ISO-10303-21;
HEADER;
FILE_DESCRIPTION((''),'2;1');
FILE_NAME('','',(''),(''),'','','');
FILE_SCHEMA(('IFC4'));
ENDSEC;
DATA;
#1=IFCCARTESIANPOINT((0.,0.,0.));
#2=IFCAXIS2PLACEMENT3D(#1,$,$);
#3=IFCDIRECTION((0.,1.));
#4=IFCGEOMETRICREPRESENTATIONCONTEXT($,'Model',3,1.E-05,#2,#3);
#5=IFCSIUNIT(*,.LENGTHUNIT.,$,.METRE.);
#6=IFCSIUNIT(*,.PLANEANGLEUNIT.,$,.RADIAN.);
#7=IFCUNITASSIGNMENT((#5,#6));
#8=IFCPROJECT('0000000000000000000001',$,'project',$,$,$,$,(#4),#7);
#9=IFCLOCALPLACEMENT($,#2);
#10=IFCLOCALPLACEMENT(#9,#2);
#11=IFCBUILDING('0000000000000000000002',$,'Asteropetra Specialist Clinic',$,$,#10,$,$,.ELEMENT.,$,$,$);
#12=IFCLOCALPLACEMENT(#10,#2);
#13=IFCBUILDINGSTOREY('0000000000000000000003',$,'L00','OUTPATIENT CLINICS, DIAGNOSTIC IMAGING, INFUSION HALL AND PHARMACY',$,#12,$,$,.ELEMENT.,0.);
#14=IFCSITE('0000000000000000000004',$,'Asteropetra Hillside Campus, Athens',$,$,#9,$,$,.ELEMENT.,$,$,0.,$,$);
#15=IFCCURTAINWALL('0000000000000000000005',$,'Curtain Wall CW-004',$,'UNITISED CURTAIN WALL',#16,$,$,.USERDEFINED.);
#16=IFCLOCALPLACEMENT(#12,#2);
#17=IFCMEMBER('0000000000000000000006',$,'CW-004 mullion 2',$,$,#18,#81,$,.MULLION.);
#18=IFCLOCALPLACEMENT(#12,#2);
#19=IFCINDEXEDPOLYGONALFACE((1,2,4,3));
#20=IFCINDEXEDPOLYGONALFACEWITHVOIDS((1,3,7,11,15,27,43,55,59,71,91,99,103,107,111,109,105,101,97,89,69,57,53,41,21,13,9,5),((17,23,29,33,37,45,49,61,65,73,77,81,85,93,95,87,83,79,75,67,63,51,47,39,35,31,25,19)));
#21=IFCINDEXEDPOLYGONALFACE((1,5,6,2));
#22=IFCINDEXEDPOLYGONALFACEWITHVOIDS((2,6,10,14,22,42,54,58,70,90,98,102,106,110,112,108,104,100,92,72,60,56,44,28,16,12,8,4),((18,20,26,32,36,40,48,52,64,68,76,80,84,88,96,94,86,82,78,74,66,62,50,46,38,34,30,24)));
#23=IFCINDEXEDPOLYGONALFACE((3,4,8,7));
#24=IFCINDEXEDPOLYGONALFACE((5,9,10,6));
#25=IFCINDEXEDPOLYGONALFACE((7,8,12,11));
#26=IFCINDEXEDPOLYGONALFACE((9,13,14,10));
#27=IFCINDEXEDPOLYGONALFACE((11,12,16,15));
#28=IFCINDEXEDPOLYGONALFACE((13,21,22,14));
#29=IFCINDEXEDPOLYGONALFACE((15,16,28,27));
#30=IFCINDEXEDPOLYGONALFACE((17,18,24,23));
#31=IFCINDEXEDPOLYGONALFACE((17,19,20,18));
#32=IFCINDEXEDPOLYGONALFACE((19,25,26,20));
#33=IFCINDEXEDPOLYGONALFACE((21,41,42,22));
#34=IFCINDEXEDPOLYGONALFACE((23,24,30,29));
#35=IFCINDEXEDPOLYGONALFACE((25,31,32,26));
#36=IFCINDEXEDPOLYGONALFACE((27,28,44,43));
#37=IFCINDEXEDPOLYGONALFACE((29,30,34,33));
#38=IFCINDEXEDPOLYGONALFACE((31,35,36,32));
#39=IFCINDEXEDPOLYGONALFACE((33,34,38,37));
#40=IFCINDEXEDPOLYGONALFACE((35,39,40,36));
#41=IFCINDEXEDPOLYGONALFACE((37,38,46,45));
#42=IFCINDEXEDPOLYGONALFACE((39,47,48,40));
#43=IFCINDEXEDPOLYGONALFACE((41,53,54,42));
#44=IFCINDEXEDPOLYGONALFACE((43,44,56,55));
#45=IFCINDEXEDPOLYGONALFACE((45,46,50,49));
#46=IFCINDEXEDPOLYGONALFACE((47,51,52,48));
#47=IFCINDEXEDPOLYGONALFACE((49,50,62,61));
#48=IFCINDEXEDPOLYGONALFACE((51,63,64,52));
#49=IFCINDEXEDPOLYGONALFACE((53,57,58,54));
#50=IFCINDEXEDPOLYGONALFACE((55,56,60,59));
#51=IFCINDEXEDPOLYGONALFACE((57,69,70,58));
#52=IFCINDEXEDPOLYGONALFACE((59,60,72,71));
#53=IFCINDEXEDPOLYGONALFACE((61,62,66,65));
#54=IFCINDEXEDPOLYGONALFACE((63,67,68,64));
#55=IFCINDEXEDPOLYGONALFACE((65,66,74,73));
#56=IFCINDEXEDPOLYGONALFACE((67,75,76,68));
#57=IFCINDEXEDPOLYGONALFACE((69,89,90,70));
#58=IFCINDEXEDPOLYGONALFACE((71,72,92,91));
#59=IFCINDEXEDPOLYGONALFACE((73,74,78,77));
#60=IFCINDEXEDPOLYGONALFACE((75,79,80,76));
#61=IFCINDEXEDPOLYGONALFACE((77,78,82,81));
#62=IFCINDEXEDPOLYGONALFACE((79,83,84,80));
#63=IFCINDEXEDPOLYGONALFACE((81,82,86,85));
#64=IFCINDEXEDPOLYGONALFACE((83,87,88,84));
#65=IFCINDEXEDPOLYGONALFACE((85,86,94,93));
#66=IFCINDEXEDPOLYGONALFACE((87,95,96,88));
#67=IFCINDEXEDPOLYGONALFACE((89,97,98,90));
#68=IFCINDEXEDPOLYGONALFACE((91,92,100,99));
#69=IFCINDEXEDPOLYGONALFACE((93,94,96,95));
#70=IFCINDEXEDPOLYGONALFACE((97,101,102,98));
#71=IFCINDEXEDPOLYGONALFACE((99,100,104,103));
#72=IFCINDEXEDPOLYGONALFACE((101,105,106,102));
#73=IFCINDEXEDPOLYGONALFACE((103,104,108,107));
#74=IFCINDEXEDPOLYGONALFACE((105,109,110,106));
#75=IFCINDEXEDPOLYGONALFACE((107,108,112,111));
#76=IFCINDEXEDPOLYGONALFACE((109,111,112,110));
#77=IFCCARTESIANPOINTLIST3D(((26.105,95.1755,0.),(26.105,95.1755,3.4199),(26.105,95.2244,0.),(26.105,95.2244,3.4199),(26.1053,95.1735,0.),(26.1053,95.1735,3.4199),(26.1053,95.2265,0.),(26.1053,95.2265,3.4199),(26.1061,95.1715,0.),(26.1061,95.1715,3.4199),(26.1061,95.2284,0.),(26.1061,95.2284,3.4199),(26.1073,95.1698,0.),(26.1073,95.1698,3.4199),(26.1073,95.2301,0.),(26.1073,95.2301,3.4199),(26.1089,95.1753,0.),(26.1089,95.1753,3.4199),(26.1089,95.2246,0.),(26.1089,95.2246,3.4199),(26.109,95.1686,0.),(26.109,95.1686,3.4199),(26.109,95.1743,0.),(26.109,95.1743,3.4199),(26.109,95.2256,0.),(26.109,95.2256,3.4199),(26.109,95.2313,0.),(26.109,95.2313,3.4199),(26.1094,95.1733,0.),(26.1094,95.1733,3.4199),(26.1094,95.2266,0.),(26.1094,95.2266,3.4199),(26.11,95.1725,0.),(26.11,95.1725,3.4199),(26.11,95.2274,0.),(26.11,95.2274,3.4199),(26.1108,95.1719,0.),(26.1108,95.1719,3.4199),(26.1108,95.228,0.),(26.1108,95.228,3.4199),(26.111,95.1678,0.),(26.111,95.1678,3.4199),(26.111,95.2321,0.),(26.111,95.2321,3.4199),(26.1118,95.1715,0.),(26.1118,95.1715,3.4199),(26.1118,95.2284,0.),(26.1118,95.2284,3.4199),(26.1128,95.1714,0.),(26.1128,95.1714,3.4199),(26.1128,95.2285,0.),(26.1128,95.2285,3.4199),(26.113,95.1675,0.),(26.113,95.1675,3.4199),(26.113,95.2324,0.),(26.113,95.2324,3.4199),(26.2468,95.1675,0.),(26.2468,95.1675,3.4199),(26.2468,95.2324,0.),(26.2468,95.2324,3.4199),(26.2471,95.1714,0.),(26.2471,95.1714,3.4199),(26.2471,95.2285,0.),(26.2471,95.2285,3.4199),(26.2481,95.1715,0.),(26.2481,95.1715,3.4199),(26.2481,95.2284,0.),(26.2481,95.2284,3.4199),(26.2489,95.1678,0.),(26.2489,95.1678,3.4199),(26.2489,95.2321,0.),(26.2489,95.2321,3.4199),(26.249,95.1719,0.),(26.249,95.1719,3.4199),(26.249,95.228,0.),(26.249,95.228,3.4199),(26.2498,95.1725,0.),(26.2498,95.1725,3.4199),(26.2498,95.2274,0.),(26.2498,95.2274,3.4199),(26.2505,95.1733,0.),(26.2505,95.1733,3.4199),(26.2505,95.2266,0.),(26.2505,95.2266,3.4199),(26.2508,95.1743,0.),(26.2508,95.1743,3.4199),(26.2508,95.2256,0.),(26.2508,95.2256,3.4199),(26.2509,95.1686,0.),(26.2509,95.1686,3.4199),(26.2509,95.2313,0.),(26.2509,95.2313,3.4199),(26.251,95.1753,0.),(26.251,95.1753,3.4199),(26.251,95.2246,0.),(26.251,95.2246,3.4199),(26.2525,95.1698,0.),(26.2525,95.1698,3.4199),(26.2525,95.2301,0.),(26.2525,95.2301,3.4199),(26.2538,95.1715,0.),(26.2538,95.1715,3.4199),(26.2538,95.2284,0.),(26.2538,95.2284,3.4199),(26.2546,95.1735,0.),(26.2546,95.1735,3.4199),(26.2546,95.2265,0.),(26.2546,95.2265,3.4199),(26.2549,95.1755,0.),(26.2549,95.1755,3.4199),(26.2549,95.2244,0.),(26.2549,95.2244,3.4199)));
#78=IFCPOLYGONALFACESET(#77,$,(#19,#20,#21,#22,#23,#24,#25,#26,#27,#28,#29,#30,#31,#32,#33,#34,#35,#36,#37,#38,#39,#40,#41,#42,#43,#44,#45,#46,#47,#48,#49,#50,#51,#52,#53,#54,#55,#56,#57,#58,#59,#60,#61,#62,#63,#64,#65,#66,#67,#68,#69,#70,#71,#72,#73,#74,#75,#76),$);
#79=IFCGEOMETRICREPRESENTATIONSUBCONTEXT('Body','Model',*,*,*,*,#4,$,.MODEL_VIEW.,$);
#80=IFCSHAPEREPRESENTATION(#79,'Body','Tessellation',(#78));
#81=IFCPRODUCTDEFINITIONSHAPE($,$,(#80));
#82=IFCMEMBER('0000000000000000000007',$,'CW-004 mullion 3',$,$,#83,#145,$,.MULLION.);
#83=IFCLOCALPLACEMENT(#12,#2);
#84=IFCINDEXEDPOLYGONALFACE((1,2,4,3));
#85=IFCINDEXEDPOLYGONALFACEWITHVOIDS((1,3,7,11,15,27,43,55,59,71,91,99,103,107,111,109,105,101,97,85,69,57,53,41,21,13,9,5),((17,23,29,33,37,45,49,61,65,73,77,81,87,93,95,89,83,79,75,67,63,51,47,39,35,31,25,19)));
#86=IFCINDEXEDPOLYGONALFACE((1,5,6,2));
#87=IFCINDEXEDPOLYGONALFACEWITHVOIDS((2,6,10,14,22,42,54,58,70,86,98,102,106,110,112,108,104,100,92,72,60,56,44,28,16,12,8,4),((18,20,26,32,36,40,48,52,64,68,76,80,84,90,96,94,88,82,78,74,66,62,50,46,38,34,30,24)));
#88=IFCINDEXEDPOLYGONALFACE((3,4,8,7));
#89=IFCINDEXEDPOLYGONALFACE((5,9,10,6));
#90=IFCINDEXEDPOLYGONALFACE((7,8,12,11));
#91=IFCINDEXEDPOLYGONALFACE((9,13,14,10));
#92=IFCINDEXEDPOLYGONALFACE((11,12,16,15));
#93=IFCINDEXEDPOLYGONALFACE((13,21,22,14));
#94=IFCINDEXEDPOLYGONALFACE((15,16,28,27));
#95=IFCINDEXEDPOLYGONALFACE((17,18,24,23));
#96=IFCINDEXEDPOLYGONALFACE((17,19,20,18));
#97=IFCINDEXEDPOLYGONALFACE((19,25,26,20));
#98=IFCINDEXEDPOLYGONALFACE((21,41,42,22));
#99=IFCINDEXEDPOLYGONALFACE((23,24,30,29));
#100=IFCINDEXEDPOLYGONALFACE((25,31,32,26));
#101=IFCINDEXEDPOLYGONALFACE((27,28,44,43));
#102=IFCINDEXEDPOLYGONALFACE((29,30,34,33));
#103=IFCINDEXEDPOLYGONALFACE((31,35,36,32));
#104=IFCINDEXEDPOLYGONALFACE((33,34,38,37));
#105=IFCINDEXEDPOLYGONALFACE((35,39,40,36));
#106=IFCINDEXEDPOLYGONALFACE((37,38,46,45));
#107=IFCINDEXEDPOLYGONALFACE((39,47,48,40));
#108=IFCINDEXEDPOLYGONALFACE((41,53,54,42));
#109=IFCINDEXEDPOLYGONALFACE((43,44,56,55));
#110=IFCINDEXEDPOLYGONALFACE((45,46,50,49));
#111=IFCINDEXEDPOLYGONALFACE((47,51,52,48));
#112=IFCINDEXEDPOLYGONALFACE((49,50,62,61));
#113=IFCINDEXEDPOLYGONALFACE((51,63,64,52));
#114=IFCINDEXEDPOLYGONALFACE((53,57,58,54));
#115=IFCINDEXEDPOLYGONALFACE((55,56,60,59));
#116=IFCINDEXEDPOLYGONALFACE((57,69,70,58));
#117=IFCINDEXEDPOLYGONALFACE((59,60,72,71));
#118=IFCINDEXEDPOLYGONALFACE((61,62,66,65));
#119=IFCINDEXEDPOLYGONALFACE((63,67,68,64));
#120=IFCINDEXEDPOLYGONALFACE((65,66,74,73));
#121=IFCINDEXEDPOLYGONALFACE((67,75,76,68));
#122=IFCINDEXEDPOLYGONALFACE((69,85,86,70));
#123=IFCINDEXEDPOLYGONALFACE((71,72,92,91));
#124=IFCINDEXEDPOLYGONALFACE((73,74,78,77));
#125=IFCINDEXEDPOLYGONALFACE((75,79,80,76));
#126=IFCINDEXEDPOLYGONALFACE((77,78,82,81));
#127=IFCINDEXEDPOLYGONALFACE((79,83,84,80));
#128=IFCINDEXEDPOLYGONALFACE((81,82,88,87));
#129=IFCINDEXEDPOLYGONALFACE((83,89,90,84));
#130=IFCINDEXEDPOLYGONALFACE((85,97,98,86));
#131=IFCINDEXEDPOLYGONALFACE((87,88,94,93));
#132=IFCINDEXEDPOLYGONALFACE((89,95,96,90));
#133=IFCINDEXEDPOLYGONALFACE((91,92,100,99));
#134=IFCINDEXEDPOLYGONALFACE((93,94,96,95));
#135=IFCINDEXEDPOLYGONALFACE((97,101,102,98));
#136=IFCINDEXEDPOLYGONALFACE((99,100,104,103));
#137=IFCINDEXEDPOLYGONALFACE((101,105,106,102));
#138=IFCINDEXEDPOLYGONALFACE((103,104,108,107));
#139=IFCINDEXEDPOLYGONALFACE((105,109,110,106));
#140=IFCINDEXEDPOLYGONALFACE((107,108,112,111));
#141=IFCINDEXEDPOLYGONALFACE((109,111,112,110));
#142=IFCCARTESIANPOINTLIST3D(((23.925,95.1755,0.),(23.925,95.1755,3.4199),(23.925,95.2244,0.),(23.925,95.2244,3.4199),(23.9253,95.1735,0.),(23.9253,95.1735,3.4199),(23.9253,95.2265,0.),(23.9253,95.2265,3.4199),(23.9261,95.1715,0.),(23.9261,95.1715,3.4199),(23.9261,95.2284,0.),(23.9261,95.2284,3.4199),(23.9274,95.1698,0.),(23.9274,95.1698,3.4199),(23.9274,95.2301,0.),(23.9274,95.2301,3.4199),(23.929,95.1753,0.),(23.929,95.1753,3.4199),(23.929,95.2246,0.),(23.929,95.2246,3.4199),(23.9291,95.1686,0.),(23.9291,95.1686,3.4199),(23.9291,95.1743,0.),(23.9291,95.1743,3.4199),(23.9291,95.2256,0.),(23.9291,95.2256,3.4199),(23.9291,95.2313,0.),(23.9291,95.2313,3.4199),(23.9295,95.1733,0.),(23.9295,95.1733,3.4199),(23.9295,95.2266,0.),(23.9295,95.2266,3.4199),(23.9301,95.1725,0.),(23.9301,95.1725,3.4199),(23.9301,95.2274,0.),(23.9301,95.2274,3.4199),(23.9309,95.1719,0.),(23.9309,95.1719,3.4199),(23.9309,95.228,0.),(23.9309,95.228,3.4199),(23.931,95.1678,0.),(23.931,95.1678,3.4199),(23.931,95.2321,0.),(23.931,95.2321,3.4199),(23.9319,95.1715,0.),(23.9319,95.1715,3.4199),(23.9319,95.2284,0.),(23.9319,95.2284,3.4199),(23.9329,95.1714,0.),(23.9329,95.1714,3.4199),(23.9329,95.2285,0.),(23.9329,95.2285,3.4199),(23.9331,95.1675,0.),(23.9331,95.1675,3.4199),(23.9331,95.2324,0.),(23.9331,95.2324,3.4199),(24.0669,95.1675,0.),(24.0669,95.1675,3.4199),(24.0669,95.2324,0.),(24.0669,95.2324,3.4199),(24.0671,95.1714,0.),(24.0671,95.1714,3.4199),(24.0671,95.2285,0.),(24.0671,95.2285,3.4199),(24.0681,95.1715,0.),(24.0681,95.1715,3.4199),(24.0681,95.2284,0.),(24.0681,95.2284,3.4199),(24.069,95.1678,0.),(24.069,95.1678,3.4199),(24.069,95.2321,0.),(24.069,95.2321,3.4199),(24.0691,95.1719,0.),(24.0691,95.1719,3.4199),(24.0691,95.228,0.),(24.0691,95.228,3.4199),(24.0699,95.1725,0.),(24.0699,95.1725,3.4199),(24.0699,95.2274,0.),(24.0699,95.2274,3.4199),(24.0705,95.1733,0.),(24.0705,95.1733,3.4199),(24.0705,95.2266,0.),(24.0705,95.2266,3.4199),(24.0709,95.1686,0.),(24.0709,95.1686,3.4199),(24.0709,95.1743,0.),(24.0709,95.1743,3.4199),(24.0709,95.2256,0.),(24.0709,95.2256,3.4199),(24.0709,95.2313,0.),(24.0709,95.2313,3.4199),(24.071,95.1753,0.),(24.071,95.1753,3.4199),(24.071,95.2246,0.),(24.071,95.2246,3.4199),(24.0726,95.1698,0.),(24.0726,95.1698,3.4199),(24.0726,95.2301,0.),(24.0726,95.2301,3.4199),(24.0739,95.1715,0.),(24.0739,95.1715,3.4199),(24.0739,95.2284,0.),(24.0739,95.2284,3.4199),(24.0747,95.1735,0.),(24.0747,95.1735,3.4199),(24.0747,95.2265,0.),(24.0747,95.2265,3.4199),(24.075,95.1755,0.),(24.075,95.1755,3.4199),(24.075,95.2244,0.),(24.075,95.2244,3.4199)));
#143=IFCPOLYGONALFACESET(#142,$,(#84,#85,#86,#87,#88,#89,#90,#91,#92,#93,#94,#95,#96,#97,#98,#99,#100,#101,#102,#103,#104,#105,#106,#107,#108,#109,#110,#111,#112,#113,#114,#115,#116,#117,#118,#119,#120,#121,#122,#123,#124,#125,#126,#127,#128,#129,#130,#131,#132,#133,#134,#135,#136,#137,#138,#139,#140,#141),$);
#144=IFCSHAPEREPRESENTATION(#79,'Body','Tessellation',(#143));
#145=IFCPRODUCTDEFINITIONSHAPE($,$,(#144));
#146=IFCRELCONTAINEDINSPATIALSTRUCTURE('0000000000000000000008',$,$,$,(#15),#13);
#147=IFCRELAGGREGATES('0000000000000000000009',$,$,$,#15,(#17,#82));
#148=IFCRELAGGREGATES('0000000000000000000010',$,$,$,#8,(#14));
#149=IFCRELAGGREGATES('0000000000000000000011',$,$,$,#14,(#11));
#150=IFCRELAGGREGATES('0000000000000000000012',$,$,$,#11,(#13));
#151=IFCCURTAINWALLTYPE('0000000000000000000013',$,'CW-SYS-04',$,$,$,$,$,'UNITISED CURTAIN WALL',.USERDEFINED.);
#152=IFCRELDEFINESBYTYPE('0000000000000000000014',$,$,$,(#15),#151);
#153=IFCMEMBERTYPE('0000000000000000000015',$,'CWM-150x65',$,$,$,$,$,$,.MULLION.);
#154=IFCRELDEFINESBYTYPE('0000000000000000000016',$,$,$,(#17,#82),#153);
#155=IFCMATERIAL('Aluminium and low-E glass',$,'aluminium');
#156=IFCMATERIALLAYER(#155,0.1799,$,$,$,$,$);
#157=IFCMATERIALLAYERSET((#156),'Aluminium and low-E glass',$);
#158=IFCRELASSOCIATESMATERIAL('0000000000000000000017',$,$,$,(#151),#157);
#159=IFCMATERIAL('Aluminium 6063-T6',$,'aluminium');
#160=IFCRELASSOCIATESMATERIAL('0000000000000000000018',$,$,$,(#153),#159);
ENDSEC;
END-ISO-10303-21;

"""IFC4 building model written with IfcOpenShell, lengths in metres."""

from ifc_helpers import new_model, si_unit, direction, frame, origin, origin_2d, place, context, subcontext, project, spatial, hollow_rectangle, extrude, material, layer, layer_set, material_profile, profile_set, type_object, element, aggregate, save


model = new_model("IFC4")

# Units and contexts
model_context = context("Model", 3, precision=1e-05, world=origin(), true_north=direction((0.0, 1.0)))
body_context = subcontext(model_context, "Body", "Model", "MODEL_VIEW")
ifc_project = project(units=[si_unit("LENGTHUNIT", "METRE"), si_unit("PLANEANGLEUNIT", "RADIAN")], contexts=[model_context])

# Site, building, storey
site_placement = place(None, origin())
site = spatial("IfcSite", under=ifc_project, at=site_placement, Name="Asteropetra Hillside Campus, Athens", CompositionType="ELEMENT", RefElevation=0.0)
building_placement = place(site_placement, origin())
building = spatial("IfcBuilding", under=site, at=building_placement, Name="Asteropetra Specialist Clinic", CompositionType="ELEMENT")
storey_placement = place(building_placement, origin())
storey = spatial("IfcBuildingStorey", under=building, at=storey_placement, Name="L00", Description="OUTPATIENT CLINICS, DIAGNOSTIC IMAGING, INFUSION HALL AND PHARMACY", CompositionType="ELEMENT", Elevation=0.0)

# Curtain wall, members
ifc_material_1 = material(Name="Aluminium and low-E glass", Category="aluminium")
ifc_layer_1 = layer(ifc_material_1, 0.1799)
ifc_layer_set_1 = layer_set([ifc_layer_1], Name="Aluminium and low-E glass")
curtain_wall_type_1 = type_object("IfcCurtainWallType", Name="CW-SYS-04", ElementType="UNITISED CURTAIN WALL", PredefinedType="USERDEFINED", material=ifc_layer_set_1)
curtain_wall_1_placement = place(storey_placement, origin())
curtain_wall_1 = element("IfcCurtainWall", 1, at=curtain_wall_1_placement, inside=storey, type_object=curtain_wall_type_1, Name="Curtain Wall CW-004", ObjectType="UNITISED CURTAIN WALL", PredefinedType="USERDEFINED")
ifc_material_2 = material(Name="Aluminium 6063-T6", Category="aluminium")
ifc_material_profile_1 = material_profile(ifc_material_2, hollow_rectangle(XDim=0.0649, YDim=0.1499, WallThickness=0.0039, InnerFilletRadius=0.0039, OuterFilletRadius=0.0081, at=origin_2d()), Name="MUL 150x65x4.0")
ifc_profile_set_1 = profile_set([ifc_material_profile_1], Name="Aluminium 6063-T6")
member_type_1 = type_object("IfcMemberType", Name="CWM-150x65", PredefinedType="MULLION", material=ifc_profile_set_1)
member_1_placement = place(storey_placement, frame((26.1799, 95.2, 0.0), z_axis=(0.0, 0.0, 1.0), x_axis=(0.0, -1.0, 0.0)))
member_1 = element("IfcMember", 2, at=member_1_placement, type_object=member_type_1, Name="CW-004 mullion 2", PredefinedType="MULLION", context=body_context, shape_type="SweptSolid", body=[
    extrude(hollow_rectangle(XDim=0.0649, YDim=0.1499, WallThickness=0.0039, InnerFilletRadius=0.0039, OuterFilletRadius=0.0081, at=origin_2d()), origin(), (0.0, 0.0, 1.0), 3.4199),
])
member_2_placement = place(storey_placement, frame((24.0, 95.2, 0.0), z_axis=(0.0, 0.0, 1.0), x_axis=(0.0, -1.0, 0.0)))
member_2 = element("IfcMember", 3, at=member_2_placement, type_object=member_type_1, Name="CW-004 mullion 3", PredefinedType="MULLION", context=body_context, shape_type="SweptSolid", body=[
    extrude(hollow_rectangle(XDim=0.0649, YDim=0.1499, WallThickness=0.0039, InnerFilletRadius=0.0039, OuterFilletRadius=0.0081, at=origin_2d()), origin(), (0.0, 0.0, 1.0), 3.4199),
])

aggregate(curtain_wall_1, [member_1, member_2])

save(model, "model.ifc")
